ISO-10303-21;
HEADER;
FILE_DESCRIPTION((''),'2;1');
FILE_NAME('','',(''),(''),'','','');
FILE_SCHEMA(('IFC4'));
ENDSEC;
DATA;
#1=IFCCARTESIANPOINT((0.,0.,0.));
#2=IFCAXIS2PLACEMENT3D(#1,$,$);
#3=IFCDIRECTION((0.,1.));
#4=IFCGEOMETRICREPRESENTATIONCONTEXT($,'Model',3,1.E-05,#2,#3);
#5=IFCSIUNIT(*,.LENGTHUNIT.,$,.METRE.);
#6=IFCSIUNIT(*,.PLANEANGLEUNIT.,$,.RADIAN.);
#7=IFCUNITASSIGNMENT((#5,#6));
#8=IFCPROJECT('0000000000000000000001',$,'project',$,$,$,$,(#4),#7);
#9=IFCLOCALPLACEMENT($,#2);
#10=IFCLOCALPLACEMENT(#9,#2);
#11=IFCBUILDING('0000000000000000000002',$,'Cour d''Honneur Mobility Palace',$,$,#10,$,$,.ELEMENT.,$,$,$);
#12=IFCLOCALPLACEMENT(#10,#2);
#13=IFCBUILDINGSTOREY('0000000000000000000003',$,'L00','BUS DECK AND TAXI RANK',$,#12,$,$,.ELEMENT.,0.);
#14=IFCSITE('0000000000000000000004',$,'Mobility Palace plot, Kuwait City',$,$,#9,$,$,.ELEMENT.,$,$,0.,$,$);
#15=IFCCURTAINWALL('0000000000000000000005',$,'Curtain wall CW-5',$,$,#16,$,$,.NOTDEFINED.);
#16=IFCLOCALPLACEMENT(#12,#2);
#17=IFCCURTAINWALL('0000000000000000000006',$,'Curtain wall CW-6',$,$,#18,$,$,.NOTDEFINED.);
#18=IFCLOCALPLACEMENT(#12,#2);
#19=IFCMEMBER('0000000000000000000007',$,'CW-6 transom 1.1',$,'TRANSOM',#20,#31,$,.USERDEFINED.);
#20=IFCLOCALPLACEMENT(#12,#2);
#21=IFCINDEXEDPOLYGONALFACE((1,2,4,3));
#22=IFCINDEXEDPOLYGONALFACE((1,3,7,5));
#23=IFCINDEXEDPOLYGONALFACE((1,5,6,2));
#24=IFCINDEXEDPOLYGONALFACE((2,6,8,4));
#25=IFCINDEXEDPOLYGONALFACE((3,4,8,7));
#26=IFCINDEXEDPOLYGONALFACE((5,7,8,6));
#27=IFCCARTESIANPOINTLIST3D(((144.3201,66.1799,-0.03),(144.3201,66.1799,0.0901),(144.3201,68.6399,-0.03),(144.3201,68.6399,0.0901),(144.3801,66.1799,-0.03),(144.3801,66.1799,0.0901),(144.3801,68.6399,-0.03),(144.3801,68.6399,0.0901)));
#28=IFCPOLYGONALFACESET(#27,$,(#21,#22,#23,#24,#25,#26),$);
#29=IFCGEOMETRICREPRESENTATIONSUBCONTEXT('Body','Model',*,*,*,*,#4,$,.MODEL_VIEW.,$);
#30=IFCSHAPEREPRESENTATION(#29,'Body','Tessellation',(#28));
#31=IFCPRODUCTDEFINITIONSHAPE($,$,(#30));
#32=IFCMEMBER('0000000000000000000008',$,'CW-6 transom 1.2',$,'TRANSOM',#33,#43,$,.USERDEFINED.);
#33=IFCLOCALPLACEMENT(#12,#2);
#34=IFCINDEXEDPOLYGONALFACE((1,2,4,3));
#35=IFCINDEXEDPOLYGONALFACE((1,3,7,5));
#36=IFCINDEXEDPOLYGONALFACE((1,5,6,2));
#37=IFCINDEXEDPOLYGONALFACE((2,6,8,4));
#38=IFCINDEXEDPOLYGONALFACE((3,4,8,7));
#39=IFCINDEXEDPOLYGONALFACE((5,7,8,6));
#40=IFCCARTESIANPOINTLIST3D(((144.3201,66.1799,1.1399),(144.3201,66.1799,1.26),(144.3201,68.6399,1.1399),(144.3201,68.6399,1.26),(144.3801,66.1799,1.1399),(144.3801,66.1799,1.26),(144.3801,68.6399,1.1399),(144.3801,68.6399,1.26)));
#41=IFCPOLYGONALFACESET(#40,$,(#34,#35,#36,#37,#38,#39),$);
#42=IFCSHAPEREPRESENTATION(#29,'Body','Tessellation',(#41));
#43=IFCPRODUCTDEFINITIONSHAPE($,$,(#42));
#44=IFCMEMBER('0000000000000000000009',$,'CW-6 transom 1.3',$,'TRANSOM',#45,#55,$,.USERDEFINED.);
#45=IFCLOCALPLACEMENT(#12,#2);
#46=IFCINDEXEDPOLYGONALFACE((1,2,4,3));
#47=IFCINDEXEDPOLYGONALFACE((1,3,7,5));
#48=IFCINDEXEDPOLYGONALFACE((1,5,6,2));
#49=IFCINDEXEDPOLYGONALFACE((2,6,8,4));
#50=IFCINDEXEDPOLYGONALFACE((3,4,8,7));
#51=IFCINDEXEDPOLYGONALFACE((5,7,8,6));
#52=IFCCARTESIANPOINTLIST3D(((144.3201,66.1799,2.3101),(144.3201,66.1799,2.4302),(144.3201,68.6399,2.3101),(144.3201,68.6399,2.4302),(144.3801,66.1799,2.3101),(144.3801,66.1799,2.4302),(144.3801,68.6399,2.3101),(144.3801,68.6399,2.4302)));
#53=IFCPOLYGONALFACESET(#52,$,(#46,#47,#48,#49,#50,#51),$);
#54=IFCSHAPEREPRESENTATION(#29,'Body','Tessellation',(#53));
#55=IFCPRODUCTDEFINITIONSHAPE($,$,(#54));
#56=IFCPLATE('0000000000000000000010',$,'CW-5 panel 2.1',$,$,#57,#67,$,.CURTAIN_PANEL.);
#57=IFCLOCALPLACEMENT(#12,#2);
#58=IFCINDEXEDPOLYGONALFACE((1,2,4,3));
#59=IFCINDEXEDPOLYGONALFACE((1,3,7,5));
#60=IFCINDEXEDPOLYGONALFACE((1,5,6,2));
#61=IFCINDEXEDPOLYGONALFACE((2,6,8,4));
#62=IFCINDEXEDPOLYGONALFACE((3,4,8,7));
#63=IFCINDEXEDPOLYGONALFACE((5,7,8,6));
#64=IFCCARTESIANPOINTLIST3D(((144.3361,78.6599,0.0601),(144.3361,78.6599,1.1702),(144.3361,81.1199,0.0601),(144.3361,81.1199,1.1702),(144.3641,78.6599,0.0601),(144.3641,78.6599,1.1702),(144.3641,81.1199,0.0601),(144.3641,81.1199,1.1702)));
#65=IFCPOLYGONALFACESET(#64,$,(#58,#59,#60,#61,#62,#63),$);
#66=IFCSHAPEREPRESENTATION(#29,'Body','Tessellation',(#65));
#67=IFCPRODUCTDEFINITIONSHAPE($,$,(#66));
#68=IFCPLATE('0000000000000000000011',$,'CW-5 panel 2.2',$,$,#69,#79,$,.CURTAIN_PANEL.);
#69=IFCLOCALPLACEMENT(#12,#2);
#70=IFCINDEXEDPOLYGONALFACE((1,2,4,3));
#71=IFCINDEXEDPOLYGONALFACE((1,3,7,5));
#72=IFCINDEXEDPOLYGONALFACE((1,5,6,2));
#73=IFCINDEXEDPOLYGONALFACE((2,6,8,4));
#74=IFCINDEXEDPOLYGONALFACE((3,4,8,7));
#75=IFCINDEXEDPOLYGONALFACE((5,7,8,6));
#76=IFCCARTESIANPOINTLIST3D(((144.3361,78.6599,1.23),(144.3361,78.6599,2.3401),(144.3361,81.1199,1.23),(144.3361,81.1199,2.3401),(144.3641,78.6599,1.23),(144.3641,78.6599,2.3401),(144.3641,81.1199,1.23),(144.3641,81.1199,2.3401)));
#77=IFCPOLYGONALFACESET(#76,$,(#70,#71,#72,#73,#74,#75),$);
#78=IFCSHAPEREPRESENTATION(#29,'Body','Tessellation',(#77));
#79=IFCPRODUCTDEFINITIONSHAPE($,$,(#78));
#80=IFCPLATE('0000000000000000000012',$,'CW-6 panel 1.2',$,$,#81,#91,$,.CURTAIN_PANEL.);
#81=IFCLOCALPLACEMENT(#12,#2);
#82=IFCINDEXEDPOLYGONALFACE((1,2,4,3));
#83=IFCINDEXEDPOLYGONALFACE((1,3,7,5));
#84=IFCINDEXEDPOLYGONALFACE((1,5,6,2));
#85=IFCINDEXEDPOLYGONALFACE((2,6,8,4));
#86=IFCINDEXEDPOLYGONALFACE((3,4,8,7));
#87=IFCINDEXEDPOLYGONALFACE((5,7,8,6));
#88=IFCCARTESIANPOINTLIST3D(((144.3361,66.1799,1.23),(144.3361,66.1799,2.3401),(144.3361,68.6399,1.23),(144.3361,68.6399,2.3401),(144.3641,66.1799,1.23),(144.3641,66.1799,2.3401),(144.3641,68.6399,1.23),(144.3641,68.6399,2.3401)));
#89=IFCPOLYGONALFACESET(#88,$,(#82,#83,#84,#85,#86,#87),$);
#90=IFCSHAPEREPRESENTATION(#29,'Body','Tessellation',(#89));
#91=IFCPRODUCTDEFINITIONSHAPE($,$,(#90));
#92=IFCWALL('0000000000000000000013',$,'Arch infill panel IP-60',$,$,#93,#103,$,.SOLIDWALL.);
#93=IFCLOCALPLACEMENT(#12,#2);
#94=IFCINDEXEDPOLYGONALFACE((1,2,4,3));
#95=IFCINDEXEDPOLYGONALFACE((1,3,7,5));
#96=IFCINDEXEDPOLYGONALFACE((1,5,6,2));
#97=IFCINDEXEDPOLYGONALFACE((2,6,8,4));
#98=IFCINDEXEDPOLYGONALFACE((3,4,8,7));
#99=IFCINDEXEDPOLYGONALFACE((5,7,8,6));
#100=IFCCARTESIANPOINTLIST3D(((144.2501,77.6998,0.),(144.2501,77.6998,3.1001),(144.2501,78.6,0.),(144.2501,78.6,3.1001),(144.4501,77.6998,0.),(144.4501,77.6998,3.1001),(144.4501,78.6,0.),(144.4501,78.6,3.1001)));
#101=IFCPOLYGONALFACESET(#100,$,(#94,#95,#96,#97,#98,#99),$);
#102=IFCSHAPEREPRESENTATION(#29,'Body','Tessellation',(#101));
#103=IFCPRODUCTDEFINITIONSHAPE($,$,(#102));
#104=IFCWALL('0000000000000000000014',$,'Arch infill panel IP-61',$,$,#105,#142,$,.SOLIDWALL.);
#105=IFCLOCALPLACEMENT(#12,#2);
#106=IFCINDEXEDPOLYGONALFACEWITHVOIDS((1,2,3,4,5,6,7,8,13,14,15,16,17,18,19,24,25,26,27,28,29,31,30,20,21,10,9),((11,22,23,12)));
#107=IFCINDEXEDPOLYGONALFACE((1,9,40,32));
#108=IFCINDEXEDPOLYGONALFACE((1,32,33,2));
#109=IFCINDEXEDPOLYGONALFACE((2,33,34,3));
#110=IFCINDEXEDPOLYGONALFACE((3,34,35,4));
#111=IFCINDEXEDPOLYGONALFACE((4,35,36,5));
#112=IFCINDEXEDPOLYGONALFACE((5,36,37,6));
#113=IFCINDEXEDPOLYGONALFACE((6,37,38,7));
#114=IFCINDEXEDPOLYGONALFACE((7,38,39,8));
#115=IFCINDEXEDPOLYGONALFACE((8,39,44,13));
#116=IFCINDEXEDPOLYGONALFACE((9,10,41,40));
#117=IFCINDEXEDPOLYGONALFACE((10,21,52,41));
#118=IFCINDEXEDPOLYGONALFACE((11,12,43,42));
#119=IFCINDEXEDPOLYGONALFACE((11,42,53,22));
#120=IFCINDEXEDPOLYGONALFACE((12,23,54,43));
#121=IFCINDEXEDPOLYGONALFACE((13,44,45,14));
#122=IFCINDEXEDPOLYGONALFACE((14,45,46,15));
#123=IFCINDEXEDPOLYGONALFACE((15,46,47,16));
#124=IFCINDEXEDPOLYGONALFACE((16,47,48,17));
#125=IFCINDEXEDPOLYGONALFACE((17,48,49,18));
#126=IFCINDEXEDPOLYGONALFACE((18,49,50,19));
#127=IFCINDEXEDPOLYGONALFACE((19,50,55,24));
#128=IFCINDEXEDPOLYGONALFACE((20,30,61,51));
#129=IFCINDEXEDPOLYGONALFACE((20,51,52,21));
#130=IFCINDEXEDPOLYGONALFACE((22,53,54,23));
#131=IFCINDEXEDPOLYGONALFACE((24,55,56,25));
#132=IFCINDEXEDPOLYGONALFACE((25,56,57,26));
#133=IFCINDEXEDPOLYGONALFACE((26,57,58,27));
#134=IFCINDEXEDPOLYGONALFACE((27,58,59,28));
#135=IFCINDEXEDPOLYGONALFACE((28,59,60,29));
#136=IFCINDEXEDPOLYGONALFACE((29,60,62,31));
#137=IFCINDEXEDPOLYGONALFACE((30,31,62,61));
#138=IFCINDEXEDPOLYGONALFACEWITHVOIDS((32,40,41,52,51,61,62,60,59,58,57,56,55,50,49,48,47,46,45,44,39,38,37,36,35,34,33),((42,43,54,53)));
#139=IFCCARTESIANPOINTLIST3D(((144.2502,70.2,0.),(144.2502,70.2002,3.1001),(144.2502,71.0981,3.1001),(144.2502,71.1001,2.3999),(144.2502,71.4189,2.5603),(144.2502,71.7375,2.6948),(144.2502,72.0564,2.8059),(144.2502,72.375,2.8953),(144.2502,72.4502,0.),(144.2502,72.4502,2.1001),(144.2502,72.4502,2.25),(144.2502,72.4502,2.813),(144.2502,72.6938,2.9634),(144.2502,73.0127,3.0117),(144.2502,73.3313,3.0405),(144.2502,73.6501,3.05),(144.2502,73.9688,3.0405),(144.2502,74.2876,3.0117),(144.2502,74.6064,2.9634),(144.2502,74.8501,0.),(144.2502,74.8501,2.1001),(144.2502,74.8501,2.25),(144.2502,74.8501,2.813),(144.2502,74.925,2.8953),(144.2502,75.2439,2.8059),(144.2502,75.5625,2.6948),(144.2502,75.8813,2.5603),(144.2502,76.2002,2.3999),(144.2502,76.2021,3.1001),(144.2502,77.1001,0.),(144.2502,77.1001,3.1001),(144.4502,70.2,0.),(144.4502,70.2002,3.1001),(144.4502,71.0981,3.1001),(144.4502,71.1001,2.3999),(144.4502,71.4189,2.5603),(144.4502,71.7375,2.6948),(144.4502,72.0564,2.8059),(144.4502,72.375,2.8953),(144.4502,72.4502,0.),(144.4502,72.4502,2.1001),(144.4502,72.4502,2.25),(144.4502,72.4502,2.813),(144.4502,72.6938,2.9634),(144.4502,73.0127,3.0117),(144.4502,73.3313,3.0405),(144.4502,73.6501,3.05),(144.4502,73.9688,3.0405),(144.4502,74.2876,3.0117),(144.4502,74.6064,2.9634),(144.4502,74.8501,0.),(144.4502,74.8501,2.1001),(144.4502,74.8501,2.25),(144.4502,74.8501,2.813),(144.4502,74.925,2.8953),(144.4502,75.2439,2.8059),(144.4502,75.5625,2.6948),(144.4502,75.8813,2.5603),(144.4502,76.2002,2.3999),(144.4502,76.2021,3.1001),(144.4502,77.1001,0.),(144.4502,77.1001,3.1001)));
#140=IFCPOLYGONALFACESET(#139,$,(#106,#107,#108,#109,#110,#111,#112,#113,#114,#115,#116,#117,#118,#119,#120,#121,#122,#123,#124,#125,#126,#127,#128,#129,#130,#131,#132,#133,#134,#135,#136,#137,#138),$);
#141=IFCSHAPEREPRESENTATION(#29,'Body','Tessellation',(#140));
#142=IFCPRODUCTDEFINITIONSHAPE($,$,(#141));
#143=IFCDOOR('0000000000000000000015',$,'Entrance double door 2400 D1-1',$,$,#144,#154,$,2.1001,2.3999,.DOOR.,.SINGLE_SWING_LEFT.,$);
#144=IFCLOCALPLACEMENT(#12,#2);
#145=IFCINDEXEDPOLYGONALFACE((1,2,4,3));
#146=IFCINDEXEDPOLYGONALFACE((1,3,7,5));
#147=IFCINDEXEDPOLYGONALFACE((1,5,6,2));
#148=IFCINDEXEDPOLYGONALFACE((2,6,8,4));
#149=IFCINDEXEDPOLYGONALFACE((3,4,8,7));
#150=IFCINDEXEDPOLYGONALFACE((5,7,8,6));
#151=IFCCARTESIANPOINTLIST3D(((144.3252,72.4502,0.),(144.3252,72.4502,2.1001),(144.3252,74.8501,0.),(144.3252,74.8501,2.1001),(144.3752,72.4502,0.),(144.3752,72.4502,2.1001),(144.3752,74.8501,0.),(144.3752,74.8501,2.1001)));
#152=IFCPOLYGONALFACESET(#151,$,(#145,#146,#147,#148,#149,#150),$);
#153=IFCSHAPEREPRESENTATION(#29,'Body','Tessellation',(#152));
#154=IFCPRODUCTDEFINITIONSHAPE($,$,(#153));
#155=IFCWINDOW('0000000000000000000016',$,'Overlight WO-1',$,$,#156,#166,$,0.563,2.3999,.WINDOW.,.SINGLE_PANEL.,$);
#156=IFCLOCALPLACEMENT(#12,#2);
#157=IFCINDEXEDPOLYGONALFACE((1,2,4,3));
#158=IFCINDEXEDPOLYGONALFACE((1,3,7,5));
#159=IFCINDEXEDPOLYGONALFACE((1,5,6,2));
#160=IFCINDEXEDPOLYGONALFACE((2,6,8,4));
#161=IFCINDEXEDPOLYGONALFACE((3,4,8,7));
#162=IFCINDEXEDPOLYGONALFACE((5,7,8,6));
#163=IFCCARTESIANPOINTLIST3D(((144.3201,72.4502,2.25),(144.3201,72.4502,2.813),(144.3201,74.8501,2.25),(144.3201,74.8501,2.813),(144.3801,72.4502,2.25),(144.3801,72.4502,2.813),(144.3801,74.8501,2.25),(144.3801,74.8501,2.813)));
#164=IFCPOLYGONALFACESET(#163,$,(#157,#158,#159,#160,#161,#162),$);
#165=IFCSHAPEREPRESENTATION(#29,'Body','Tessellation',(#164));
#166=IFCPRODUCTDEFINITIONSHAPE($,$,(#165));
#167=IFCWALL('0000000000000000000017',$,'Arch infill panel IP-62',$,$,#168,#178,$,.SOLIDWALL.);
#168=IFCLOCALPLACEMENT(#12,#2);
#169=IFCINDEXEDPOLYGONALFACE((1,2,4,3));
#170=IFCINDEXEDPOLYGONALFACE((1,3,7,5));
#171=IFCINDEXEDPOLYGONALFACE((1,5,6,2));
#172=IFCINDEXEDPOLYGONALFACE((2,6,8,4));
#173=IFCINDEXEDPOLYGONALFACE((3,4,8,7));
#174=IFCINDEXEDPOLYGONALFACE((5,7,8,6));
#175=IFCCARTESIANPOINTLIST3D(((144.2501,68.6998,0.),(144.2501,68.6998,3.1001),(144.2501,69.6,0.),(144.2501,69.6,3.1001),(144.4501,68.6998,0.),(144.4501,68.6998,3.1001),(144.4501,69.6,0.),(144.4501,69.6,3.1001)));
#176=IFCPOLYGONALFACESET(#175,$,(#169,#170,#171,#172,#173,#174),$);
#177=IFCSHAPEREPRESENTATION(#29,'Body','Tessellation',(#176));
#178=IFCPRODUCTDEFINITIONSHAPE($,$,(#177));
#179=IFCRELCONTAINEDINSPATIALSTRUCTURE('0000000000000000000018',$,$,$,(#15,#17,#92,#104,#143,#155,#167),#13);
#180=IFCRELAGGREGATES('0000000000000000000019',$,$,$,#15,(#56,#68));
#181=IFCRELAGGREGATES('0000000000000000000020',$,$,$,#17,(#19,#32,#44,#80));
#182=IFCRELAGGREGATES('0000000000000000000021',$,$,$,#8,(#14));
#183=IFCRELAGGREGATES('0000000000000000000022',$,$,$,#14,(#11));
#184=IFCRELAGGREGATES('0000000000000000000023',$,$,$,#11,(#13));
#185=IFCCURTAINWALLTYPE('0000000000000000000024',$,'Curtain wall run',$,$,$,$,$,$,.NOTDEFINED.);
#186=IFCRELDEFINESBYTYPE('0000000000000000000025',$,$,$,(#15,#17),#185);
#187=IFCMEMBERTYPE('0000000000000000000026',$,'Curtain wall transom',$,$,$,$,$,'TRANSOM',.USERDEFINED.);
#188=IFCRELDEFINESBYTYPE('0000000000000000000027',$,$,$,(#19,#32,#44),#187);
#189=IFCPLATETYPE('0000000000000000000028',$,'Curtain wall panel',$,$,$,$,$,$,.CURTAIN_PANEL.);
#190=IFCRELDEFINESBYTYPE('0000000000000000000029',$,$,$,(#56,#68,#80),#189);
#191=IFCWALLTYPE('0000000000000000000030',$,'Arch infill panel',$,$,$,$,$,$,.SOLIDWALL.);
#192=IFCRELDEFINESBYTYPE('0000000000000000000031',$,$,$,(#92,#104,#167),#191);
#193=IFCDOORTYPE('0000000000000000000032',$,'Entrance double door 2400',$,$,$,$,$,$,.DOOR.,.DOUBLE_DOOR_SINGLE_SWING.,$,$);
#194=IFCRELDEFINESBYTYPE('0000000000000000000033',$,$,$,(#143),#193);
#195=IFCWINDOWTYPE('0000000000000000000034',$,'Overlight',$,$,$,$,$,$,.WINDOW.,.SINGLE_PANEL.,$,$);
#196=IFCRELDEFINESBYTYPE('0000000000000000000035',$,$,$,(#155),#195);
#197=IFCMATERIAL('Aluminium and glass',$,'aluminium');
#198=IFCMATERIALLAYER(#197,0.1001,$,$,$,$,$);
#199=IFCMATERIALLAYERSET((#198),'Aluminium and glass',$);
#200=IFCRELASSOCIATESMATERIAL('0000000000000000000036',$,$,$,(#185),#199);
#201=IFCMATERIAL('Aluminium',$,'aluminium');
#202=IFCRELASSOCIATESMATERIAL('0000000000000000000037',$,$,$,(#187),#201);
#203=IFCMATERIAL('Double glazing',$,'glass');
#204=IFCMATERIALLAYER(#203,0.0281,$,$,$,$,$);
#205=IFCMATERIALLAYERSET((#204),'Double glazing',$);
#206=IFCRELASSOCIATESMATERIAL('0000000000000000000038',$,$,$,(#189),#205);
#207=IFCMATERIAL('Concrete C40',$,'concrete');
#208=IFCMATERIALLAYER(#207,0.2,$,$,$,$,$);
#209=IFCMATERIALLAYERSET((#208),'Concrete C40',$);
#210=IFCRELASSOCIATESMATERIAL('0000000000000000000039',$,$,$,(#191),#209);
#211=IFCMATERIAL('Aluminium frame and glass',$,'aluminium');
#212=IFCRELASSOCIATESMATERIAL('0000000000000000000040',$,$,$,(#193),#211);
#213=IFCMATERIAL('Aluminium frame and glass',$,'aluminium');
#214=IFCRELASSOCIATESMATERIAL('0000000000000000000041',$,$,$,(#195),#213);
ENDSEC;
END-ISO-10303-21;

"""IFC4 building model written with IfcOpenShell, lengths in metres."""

from ifc_helpers import new_model, si_unit, direction, frame, frame_2d, origin, origin_2d, place, context, subcontext, project, spatial, polyline, rectangle, outline, extrude, material, layer, layer_set, material_profile, profile_set, type_object, element, fill, aggregate, save


model = new_model("IFC4")

# Units and contexts
model_context = context("Model", 3, precision=1e-05, world=origin(), true_north=direction((0.0, 1.0)))
body_context = subcontext(model_context, "Body", "Model", "MODEL_VIEW")
ifc_project = project(units=[si_unit("LENGTHUNIT", "METRE"), si_unit("PLANEANGLEUNIT", "RADIAN")], contexts=[model_context])

# Site, building, storey
site_placement = place(None, origin())
site = spatial("IfcSite", under=ifc_project, at=site_placement, Name="Mobility Palace plot, Kuwait City", CompositionType="ELEMENT", RefElevation=0.0)
building_placement = place(site_placement, origin())
building = spatial("IfcBuilding", under=site, at=building_placement, Name="Cour d'Honneur Mobility Palace", CompositionType="ELEMENT")
storey_placement = place(building_placement, origin())
storey = spatial("IfcBuildingStorey", under=building, at=storey_placement, Name="L00", Description="BUS DECK AND TAXI RANK", CompositionType="ELEMENT", Elevation=0.0)

# Curtain wall
ifc_material_1 = material(Name="Aluminium and glass", Category="aluminium")
ifc_layer_1 = layer(ifc_material_1, 0.1001)
ifc_layer_set_1 = layer_set([ifc_layer_1], Name="Aluminium and glass")
curtain_wall_type = type_object("IfcCurtainWallType", Name="Curtain wall run", PredefinedType="NOTDEFINED", material=ifc_layer_set_1)
curtain_wall_1_placement = place(storey_placement, origin())
curtain_wall_1 = element("IfcCurtainWall", 1, at=curtain_wall_1_placement, inside=storey, type_object=curtain_wall_type, Name="Curtain wall CW-5", PredefinedType="NOTDEFINED")

# Curtain wall, members
curtain_wall_2_placement = place(storey_placement, origin())
curtain_wall_2 = element("IfcCurtainWall", 2, at=curtain_wall_2_placement, inside=storey, type_object=curtain_wall_type, Name="Curtain wall CW-6", PredefinedType="NOTDEFINED")
ifc_material_2 = material(Name="Aluminium", Category="aluminium")
ifc_material_profile_1 = material_profile(ifc_material_2, rectangle(XDim=0.0601, YDim=0.1201, at=origin_2d()), Name="Curtain wall transom")
ifc_profile_set_1 = profile_set([ifc_material_profile_1], Name="Aluminium")
member_type_1 = type_object("IfcMemberType", Name="Curtain wall transom", ElementType="TRANSOM", PredefinedType="USERDEFINED", material=ifc_profile_set_1)
member_1_placement = place(storey_placement, frame((144.3501, 68.6399, 0.03), z_axis=(0.0, -1.0, 0.0), x_axis=(1.0, 0.0, 0.0)))
member_1 = element("IfcMember", 3, at=member_1_placement, type_object=member_type_1, Name="CW-6 transom 1.1", ObjectType="TRANSOM", PredefinedType="USERDEFINED", context=body_context, shape_type="SweptSolid", body=[
    extrude(rectangle(XDim=0.0601, YDim=0.1201, at=origin_2d()), origin(), (0.0, 0.0, 1.0), 2.46),
])
member_2_placement = place(storey_placement, frame((144.3501, 68.6399, 1.2), z_axis=(0.0, -1.0, 0.0), x_axis=(1.0, 0.0, 0.0)))
member_2 = element("IfcMember", 4, at=member_2_placement, type_object=member_type_1, Name="CW-6 transom 1.2", ObjectType="TRANSOM", PredefinedType="USERDEFINED", context=body_context, shape_type="SweptSolid", body=[
    extrude(rectangle(XDim=0.0601, YDim=0.1201, at=origin_2d()), origin(), (0.0, 0.0, 1.0), 2.46),
])
member_3_placement = place(storey_placement, frame((144.3501, 68.6399, 2.3701), z_axis=(0.0, -1.0, 0.0), x_axis=(1.0, 0.0, 0.0)))
member_3 = element("IfcMember", 5, at=member_3_placement, type_object=member_type_1, Name="CW-6 transom 1.3", ObjectType="TRANSOM", PredefinedType="USERDEFINED", context=body_context, shape_type="SweptSolid", body=[
    extrude(rectangle(XDim=0.0601, YDim=0.1201, at=origin_2d()), origin(), (0.0, 0.0, 1.0), 2.46),
])

# Plates
ifc_material_3 = material(Name="Double glazing", Category="glass")
ifc_layer_2 = layer(ifc_material_3, 0.0281)
ifc_layer_set_2 = layer_set([ifc_layer_2], Name="Double glazing")
plate_type = type_object("IfcPlateType", Name="Curtain wall panel", PredefinedType="CURTAIN_PANEL", material=ifc_layer_set_2)
plate_1_placement = place(storey_placement, frame((144.3501, 79.8899, 0.0601), z_axis=(0.0, 0.0, 1.0), x_axis=(0.0, -1.0, 0.0)))
plate_1 = element("IfcPlate", 6, at=plate_1_placement, type_object=plate_type, Name="CW-5 panel 2.1", PredefinedType="CURTAIN_PANEL", context=body_context, shape_type="SweptSolid", body=[
    extrude(rectangle(XDim=2.46, YDim=0.0281, at=origin_2d()), origin(), (0.0, 0.0, 1.0), 1.1101),
])
plate_2_placement = place(storey_placement, frame((144.3501, 79.8899, 1.23), z_axis=(0.0, 0.0, 1.0), x_axis=(0.0, -1.0, 0.0)))
plate_2 = element("IfcPlate", 7, at=plate_2_placement, type_object=plate_type, Name="CW-5 panel 2.2", PredefinedType="CURTAIN_PANEL", context=body_context, shape_type="SweptSolid", body=[
    extrude(rectangle(XDim=2.46, YDim=0.0281, at=origin_2d()), origin(), (0.0, 0.0, 1.0), 1.1101),
])
aggregate(curtain_wall_1, [plate_1, plate_2])
plate_3_placement = place(storey_placement, frame((144.3501, 67.4099, 1.23), z_axis=(0.0, 0.0, 1.0), x_axis=(0.0, -1.0, 0.0)))
plate_3 = element("IfcPlate", 8, at=plate_3_placement, type_object=plate_type, Name="CW-6 panel 1.2", PredefinedType="CURTAIN_PANEL", context=body_context, shape_type="SweptSolid", body=[
    extrude(rectangle(XDim=2.46, YDim=0.0281, at=origin_2d()), origin(), (0.0, 0.0, 1.0), 1.1101),
])
aggregate(curtain_wall_2, [member_1, member_2, member_3, plate_3])

# Wall
ifc_material_4 = material(Name="Concrete C40", Category="concrete")
ifc_layer_3 = layer(ifc_material_4, 0.2)
ifc_layer_set_3 = layer_set([ifc_layer_3], Name="Concrete C40")
wall_type = type_object("IfcWallType", Name="Arch infill panel", PredefinedType="SOLIDWALL", material=ifc_layer_set_3)
wall_1_placement = place(storey_placement, frame((144.3501, 78.6001, 0.0), z_axis=(0.0, 0.0, 1.0), x_axis=(0.0, -1.0, 0.0)))
element("IfcWall", 9, at=wall_1_placement, inside=storey, type_object=wall_type, Name="Arch infill panel IP-60", PredefinedType="SOLIDWALL", context=body_context, shape_type="SweptSolid", body=[
    extrude(rectangle(XDim=0.9001, YDim=0.2, at=frame_2d((0.4502, 0.0))), origin(), (0.0, 0.0, 1.0), 3.1001),
])

# Wall, openings, door, window
wall_2_placement = place(storey_placement, frame((144.3501, 77.1001, 0.0), z_axis=(0.0, 0.0, 1.0), x_axis=(0.0, -1.0, 0.0)))
wall_2 = element("IfcWall", 10, at=wall_2_placement, inside=storey, type_object=wall_type, Name="Arch infill panel IP-61", PredefinedType="SOLIDWALL", context=body_context, shape_type="SweptSolid", body=[
    extrude(outline(polyline([(0.0, 0.0), (6.9001, 0.0), (6.8999, 3.1001), (6.002, 3.1001), (6.0, 2.3999), (5.6812, 2.5603), (5.3625, 2.6948), (5.0437, 2.8059), (4.7251, 2.8953), (4.4062, 2.9634), (4.0874, 3.0117), (3.7688, 3.0405), (3.45, 3.05), (3.1313, 3.0405), (2.8125, 3.0117), (2.4937, 2.9634), (2.175, 2.8953), (1.8562, 2.8059), (1.5376, 2.6948), (1.2188, 2.5603), (0.8999, 2.3999), (0.8979, 3.1001), (0.0, 3.1001), (0.0, 0.0)])), frame((0.0, 0.1001, 0.0), z_axis=(0.0, -1.0, 0.0), x_axis=(1.0, 0.0, 0.0)), (0.0, 0.0, 1.0), 0.2),
])
opening_1_placement = place(wall_2_placement, frame((2.25, 0.0, 0.0)))
opening_1 = element("IfcOpeningElement", 11, at=opening_1_placement, cuts=wall_2, PredefinedType="OPENING", context=body_context, shape_type="SweptSolid", body=[
    extrude(rectangle(XDim=2.3999, YDim=2.1001, at=frame_2d((1.2, 1.05))), frame((0.0, 0.1099, 0.0), z_axis=(0.0, -1.0, 0.0), x_axis=(1.0, 0.0, 0.0)), (0.0, 0.0, 1.0), 0.22),
])
opening_2_placement = place(wall_2_placement, frame((2.25, 0.0, 2.25)))
opening_2 = element("IfcOpeningElement", 12, at=opening_2_placement, cuts=wall_2, PredefinedType="OPENING", context=body_context, shape_type="SweptSolid", body=[
    extrude(rectangle(XDim=2.3999, YDim=0.563, at=frame_2d((1.2, 0.2815))), frame((0.0, 0.1099, 0.0), z_axis=(0.0, -1.0, 0.0), x_axis=(1.0, 0.0, 0.0)), (0.0, 0.0, 1.0), 0.22),
])
ifc_material_5 = material(Name="Aluminium frame and glass", Category="aluminium")
door_type_1 = type_object("IfcDoorType", Name="Entrance double door 2400", OperationType="DOUBLE_DOOR_SINGLE_SWING", PredefinedType="DOOR", material=ifc_material_5)
door_1_placement = place(opening_1_placement, frame((2.3999, 0.0, 0.0), z_axis=(0.0, 0.0, 1.0), x_axis=(-1.0, 0.0, 0.0)))
door_1 = element("IfcDoor", 13, at=door_1_placement, inside=storey, type_object=door_type_1, Name="Entrance double door 2400 D1-1", OperationType="SINGLE_SWING_LEFT", OverallHeight=2.1001, OverallWidth=2.3999, PredefinedType="DOOR", context=body_context, shape_type="SweptSolid", body=[
    extrude(rectangle(XDim=2.3999, YDim=2.1001, at=frame_2d((1.2, 1.05))), frame((0.0, 0.0249, 0.0), z_axis=(0.0, -1.0, 0.0), x_axis=(1.0, 0.0, 0.0)), (0.0, 0.0, 1.0), 0.05),
])
fill(opening_1, door_1)
ifc_material_6 = material(Name="Aluminium frame and glass", Category="aluminium")
window_type = type_object("IfcWindowType", Name="Overlight", PartitioningType="SINGLE_PANEL", PredefinedType="WINDOW", material=ifc_material_6)
window_placement = place(opening_2_placement, origin())
window = element("IfcWindow", 14, at=window_placement, inside=storey, type_object=window_type, Name="Overlight WO-1", OverallHeight=0.563, OverallWidth=2.3999, PartitioningType="SINGLE_PANEL", PredefinedType="WINDOW", context=body_context, shape_type="SweptSolid", body=[
    extrude(rectangle(XDim=2.3999, YDim=0.563, at=frame_2d((1.2, 0.2815))), frame((0.0, 0.03, 0.0), z_axis=(0.0, -1.0, 0.0), x_axis=(1.0, 0.0, 0.0)), (0.0, 0.0, 1.0), 0.0601),
])
fill(opening_2, window)

# Wall
wall_3_placement = place(storey_placement, frame((144.3501, 69.6001, 0.0), z_axis=(0.0, 0.0, 1.0), x_axis=(0.0, -1.0, 0.0)))
element("IfcWall", 15, at=wall_3_placement, inside=storey, type_object=wall_type, Name="Arch infill panel IP-62", PredefinedType="SOLIDWALL", context=body_context, shape_type="SweptSolid", body=[
    extrude(rectangle(XDim=0.9001, YDim=0.2, at=frame_2d((0.4502, 0.0))), origin(), (0.0, 0.0, 1.0), 3.1001),
])

save(model, "model.ifc")
